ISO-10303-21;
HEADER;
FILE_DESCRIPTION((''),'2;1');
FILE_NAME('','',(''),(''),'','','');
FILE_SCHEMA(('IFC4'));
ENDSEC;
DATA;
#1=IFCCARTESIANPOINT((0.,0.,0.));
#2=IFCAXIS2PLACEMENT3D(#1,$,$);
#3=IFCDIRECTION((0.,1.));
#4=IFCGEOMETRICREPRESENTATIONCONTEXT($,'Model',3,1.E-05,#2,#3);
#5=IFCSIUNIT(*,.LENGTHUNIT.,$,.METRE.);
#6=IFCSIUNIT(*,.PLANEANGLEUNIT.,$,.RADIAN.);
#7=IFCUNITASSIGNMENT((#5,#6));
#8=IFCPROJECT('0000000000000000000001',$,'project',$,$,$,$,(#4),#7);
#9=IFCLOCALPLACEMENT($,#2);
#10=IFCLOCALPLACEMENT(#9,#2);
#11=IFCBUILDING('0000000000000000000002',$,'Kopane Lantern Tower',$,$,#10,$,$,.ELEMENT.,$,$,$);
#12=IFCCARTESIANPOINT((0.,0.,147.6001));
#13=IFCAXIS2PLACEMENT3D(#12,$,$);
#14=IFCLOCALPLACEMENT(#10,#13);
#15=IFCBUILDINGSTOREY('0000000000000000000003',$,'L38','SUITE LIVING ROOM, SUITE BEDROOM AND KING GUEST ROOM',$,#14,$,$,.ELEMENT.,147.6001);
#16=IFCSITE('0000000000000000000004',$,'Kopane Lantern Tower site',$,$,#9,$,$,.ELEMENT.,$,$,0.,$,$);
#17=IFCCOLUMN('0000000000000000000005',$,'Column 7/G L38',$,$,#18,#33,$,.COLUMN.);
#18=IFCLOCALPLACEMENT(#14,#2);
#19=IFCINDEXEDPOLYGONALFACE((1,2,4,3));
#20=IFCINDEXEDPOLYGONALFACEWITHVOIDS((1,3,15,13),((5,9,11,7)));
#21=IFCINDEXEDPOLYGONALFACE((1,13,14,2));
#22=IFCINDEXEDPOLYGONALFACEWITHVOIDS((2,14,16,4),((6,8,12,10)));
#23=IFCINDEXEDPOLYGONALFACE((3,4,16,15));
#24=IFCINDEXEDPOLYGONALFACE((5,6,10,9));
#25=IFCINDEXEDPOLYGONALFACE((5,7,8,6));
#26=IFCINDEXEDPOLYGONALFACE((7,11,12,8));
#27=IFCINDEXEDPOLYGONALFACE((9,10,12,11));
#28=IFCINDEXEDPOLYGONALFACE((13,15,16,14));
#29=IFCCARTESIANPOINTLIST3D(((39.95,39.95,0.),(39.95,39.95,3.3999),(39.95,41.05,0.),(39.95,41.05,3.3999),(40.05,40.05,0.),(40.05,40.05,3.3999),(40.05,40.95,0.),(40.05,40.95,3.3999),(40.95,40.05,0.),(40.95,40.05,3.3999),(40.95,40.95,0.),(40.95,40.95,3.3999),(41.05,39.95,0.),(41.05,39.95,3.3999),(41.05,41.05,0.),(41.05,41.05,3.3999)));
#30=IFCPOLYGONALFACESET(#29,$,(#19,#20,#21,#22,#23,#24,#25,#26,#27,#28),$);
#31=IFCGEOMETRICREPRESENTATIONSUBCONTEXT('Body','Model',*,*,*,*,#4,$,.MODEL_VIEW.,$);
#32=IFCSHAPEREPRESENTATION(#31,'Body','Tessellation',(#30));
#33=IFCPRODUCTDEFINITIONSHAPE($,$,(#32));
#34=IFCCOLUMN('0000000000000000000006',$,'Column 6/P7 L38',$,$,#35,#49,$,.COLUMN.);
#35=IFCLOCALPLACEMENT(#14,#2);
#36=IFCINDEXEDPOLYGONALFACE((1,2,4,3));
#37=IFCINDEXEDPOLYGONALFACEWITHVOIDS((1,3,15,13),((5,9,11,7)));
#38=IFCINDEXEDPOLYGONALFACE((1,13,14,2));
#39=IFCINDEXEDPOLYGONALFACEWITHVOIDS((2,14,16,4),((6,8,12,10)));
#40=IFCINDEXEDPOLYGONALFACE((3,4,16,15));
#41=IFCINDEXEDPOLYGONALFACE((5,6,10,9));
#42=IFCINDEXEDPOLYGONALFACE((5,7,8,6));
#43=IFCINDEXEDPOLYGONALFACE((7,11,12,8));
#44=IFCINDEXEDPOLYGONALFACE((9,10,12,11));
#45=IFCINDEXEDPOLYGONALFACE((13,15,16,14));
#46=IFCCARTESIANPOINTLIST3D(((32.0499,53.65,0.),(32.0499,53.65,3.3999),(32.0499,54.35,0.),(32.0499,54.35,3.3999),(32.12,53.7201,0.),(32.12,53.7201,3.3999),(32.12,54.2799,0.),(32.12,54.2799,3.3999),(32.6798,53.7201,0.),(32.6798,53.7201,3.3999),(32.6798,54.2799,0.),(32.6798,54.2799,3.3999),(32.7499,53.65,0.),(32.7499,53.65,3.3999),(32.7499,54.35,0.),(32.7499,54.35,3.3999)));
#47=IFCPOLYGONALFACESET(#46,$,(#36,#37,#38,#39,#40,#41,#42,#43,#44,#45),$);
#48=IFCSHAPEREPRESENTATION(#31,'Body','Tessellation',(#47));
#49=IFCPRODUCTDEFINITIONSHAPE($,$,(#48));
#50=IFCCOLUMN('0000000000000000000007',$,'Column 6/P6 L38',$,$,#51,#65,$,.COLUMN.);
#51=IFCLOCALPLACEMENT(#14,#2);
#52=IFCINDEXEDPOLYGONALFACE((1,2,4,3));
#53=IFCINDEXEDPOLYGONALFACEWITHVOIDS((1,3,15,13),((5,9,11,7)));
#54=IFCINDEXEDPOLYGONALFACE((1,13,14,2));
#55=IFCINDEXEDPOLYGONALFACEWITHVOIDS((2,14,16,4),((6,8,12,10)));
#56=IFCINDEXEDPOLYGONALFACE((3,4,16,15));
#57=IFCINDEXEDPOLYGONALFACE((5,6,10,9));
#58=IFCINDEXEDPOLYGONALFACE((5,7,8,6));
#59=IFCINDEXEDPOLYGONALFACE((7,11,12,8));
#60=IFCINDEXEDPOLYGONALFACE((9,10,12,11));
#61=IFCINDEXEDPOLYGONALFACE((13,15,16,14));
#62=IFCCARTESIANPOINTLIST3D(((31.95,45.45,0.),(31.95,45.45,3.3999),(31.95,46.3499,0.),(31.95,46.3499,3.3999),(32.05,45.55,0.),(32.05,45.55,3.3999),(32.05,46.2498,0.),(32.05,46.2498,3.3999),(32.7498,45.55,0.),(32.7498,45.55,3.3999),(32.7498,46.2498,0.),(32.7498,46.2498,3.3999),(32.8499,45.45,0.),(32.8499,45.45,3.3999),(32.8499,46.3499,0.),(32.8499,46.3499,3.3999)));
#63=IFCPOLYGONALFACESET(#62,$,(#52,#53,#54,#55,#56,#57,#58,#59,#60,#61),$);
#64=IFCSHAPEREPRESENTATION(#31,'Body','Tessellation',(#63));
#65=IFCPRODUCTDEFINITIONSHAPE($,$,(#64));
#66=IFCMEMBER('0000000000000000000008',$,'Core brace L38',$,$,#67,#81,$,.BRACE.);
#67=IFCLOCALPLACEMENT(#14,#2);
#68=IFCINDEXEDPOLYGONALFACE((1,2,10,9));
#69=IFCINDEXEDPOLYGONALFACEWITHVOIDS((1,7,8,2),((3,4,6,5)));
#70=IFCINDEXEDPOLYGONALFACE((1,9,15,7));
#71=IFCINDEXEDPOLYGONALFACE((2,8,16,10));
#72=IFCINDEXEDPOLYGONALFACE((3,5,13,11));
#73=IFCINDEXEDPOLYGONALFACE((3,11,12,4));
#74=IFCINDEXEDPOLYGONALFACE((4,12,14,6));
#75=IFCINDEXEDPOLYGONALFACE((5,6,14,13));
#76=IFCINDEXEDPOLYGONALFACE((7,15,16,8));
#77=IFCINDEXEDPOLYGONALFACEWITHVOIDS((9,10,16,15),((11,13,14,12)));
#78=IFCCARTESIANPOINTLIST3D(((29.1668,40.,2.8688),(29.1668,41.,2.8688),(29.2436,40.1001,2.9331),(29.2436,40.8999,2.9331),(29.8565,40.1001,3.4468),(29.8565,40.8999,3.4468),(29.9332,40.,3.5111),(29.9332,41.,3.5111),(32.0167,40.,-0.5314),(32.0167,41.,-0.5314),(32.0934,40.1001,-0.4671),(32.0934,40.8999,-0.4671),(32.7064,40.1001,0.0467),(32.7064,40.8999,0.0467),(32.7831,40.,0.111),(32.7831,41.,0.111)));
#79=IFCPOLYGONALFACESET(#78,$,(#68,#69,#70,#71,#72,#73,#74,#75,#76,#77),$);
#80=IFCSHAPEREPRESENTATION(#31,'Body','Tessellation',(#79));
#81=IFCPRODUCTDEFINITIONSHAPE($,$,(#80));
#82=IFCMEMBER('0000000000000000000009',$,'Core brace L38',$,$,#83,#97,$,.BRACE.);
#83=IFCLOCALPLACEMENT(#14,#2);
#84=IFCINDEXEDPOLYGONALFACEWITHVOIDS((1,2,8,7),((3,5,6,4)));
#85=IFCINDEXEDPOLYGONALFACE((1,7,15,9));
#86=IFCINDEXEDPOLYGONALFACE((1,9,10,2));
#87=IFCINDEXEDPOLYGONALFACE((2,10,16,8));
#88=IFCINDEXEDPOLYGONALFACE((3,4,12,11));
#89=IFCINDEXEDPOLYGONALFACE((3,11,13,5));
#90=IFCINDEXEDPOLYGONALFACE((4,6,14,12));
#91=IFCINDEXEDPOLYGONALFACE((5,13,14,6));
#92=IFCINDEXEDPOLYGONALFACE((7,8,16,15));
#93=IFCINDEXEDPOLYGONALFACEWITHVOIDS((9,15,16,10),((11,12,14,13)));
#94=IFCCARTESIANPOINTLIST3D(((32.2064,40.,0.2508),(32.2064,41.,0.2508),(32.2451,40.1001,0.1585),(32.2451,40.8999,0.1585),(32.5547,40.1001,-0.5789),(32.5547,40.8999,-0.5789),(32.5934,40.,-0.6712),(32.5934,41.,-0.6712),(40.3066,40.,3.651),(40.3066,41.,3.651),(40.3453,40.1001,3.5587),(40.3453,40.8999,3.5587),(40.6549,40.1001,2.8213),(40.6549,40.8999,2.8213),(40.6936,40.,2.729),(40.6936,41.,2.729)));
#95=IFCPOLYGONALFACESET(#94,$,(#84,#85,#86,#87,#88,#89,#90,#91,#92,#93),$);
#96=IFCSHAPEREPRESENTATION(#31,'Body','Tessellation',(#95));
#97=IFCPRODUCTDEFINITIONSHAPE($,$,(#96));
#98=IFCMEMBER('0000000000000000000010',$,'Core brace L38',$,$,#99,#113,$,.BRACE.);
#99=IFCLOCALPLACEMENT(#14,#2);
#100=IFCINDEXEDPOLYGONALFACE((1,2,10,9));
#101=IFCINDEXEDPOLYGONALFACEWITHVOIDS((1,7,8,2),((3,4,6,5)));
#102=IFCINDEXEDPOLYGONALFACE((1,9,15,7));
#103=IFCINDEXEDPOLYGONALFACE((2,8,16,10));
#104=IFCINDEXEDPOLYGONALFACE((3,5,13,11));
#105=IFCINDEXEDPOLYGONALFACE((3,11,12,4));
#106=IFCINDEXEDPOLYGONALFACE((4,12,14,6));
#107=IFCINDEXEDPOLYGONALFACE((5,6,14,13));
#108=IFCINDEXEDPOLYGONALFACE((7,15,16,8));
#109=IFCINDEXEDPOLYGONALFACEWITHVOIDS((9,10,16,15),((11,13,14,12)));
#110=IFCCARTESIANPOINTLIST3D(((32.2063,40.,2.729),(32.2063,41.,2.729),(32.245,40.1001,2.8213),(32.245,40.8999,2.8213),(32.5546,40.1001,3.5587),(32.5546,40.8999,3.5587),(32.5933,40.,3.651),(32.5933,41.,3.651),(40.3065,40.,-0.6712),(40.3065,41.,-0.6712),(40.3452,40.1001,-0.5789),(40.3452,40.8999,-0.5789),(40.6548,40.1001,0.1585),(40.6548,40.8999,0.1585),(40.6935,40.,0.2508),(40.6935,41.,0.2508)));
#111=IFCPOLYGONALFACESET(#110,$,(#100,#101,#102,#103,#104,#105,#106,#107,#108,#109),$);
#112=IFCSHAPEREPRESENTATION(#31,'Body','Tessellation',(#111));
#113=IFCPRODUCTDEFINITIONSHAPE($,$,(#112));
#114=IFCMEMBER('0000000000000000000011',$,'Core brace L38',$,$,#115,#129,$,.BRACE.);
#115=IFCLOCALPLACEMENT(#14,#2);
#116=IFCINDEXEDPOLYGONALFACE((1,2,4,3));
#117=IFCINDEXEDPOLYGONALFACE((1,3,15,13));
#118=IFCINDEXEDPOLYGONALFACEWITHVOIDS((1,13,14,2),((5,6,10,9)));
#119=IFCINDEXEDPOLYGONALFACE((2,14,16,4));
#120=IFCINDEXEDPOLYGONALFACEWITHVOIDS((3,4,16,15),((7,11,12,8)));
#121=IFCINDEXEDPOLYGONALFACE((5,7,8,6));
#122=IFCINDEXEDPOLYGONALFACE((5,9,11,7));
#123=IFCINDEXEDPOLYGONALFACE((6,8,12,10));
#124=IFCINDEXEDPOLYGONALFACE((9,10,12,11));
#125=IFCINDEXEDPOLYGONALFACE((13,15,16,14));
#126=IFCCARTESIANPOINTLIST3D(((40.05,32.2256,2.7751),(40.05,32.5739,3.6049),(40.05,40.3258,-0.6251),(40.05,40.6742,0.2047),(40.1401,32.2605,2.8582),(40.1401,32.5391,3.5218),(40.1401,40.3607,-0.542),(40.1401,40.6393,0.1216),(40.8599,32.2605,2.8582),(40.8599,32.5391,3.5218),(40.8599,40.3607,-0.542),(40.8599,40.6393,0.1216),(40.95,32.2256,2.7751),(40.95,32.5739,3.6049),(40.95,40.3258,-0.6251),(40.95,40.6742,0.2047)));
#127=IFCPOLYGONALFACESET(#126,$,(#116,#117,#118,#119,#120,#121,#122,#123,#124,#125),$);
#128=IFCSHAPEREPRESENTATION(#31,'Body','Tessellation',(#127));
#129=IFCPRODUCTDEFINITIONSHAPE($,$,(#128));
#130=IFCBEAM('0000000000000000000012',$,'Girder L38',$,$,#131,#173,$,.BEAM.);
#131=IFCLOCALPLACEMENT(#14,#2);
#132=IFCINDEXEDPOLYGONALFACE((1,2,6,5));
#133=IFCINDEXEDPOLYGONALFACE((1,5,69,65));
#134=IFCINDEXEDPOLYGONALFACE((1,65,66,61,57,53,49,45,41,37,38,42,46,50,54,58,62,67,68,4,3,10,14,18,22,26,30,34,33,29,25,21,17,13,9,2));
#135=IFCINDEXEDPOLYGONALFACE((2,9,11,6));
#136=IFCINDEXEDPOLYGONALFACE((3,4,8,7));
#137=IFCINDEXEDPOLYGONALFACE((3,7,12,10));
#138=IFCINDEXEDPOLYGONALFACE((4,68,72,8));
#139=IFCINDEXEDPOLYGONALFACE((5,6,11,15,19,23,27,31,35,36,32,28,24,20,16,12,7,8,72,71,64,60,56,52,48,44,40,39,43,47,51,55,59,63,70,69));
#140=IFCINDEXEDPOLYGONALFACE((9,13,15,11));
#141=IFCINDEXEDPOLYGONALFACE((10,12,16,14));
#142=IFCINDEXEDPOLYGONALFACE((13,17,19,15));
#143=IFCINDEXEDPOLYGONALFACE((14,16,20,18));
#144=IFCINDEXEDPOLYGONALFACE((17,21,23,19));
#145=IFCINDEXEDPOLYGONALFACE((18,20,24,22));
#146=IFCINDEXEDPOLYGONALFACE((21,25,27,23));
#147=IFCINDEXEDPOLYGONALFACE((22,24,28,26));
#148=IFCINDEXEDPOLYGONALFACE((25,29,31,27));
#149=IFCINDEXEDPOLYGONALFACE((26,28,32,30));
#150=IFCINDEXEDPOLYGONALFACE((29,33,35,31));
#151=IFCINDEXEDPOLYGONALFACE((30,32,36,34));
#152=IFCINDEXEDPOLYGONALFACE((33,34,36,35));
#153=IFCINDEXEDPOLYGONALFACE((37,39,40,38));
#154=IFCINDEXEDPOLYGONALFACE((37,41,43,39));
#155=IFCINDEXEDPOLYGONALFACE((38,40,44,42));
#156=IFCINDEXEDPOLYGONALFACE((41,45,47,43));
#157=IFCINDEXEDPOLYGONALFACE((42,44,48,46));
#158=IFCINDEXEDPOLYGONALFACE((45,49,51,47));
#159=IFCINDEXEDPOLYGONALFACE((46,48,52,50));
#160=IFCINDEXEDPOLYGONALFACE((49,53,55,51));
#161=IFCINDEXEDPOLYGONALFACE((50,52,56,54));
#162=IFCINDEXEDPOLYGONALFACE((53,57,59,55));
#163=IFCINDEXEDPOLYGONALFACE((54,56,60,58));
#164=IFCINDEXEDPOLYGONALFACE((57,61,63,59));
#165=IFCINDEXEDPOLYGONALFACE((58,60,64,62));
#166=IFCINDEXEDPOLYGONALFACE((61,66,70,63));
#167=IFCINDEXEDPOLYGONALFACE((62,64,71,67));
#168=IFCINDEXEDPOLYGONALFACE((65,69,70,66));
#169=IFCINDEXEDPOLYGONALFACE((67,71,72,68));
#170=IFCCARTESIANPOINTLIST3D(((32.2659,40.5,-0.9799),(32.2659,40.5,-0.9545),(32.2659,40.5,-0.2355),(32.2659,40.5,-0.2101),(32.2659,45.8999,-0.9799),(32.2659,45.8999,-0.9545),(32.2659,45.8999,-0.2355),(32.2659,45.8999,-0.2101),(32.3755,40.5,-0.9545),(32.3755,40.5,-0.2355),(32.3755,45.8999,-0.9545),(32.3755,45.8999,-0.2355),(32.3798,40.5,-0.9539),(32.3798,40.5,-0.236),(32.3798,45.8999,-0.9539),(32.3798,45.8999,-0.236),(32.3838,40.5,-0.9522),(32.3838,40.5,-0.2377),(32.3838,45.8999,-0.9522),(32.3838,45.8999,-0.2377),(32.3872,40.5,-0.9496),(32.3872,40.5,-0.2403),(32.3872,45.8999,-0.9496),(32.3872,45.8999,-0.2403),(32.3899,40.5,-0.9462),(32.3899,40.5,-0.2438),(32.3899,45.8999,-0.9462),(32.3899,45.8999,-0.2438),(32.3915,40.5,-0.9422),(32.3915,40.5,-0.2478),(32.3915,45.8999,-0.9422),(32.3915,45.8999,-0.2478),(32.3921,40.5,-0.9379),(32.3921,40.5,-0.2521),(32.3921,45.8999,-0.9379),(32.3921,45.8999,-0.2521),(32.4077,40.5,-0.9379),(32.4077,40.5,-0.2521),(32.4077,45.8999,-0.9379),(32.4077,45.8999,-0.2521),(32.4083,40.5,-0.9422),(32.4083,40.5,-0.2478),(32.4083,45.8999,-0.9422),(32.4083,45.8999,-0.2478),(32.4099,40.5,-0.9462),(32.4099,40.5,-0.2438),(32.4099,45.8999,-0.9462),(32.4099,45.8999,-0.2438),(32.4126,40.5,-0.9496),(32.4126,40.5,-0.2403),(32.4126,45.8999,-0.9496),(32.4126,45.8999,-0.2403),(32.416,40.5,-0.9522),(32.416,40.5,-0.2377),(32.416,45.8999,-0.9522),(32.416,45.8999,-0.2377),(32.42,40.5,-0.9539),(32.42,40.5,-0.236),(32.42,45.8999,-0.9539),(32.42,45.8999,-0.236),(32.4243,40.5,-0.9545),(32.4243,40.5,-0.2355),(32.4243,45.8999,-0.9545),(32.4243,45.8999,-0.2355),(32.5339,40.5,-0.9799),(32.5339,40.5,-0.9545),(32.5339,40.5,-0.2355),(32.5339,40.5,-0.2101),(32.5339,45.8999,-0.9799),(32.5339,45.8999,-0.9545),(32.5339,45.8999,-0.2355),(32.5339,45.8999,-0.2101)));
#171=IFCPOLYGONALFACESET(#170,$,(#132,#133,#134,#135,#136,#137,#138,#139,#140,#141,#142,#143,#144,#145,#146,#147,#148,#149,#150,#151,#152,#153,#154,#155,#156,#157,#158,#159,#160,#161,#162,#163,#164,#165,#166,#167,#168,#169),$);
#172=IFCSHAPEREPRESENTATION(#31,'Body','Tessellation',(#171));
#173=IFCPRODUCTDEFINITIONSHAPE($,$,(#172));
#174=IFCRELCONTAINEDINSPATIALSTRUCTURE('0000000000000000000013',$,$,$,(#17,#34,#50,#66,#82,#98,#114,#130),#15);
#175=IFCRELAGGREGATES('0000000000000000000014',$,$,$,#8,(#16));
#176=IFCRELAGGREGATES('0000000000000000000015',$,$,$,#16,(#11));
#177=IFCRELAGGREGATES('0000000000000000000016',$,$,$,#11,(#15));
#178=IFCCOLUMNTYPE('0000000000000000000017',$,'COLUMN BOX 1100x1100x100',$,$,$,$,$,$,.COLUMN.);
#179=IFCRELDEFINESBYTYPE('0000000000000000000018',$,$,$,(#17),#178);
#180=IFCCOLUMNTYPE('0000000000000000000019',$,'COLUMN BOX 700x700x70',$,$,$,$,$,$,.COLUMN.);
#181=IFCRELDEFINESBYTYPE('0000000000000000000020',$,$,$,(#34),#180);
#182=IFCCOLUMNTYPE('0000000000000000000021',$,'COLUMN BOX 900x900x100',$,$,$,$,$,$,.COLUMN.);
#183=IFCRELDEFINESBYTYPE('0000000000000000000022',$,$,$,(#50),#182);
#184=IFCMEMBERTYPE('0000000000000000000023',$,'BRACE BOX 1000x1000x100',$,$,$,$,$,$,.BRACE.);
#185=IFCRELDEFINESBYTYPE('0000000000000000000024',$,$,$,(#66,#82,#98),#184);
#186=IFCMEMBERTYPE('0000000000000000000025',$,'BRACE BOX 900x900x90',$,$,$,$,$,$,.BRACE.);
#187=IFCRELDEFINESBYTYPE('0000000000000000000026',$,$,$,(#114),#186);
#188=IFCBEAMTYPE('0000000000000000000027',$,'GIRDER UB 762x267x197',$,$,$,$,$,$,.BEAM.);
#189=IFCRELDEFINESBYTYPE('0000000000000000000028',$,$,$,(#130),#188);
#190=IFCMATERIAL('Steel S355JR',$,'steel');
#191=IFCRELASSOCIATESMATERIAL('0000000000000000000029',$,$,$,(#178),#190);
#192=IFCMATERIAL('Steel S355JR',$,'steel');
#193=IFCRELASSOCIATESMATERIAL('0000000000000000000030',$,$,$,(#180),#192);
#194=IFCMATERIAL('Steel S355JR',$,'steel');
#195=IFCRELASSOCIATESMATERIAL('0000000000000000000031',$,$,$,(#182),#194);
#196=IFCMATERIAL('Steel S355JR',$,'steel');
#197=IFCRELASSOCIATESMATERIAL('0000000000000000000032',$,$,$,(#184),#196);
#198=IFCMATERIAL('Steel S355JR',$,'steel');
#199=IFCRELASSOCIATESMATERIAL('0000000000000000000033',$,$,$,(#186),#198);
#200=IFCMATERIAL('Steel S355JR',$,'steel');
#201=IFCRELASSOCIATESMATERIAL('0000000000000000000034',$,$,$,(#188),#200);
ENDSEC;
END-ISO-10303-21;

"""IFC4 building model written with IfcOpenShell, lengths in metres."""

from ifc_helpers import new_model, si_unit, direction, frame, origin, origin_2d, place, context, subcontext, project, spatial, hollow_rectangle, i_section, extrude, material, material_profile, profile_set, type_object, element, save


model = new_model("IFC4")

# Units and contexts
model_context = context("Model", 3, precision=1e-05, world=origin(), true_north=direction((0.0, 1.0)))
body_context = subcontext(model_context, "Body", "Model", "MODEL_VIEW")
ifc_project = project(units=[si_unit("LENGTHUNIT", "METRE"), si_unit("PLANEANGLEUNIT", "RADIAN")], contexts=[model_context])

# Site, building, storey
site_placement = place(None, origin())
site = spatial("IfcSite", under=ifc_project, at=site_placement, Name="Kopane Lantern Tower site", CompositionType="ELEMENT", RefElevation=0.0)
building_placement = place(site_placement, origin())
building = spatial("IfcBuilding", under=site, at=building_placement, Name="Kopane Lantern Tower", CompositionType="ELEMENT")
storey_placement = place(building_placement, frame((0.0, 0.0, 147.6001)))
storey = spatial("IfcBuildingStorey", under=building, at=storey_placement, Name="L38", Description="SUITE LIVING ROOM, SUITE BEDROOM AND KING GUEST ROOM", CompositionType="ELEMENT", Elevation=147.6001)

# Columns
ifc_material_1 = material(Name="Steel S355JR", Category="steel")
ifc_material_profile_1 = material_profile(ifc_material_1, hollow_rectangle(XDim=1.1001, YDim=1.1001, WallThickness=0.1001, at=origin_2d()), Name="BOX 1100x1100x100")
ifc_profile_set_1 = profile_set([ifc_material_profile_1], Name="Steel S355JR")
column_type_1 = type_object("IfcColumnType", Name="COLUMN BOX 1100x1100x100", PredefinedType="COLUMN", material=ifc_profile_set_1)
column_1_placement = place(storey_placement, frame((40.5, 40.5, 0.0), z_axis=(0.0, 0.0, 1.0), x_axis=(1.0, 0.0, 0.0)))
element("IfcColumn", 1, at=column_1_placement, inside=storey, type_object=column_type_1, Name="Column 7/G L38", PredefinedType="COLUMN", context=body_context, shape_type="SweptSolid", body=[
    extrude(hollow_rectangle(XDim=1.1001, YDim=1.1001, WallThickness=0.1001, at=origin_2d()), origin(), (0.0, 0.0, 1.0), 3.3999),
])
ifc_material_2 = material(Name="Steel S355JR", Category="steel")
ifc_material_profile_2 = material_profile(ifc_material_2, hollow_rectangle(XDim=0.7, YDim=0.7, WallThickness=0.0701, at=origin_2d()), Name="BOX 700x700x70")
ifc_profile_set_2 = profile_set([ifc_material_profile_2], Name="Steel S355JR")
column_type_2 = type_object("IfcColumnType", Name="COLUMN BOX 700x700x70", PredefinedType="COLUMN", material=ifc_profile_set_2)
column_2_placement = place(storey_placement, frame((32.3999, 54.0, 0.0), z_axis=(0.0, 0.0, 1.0), x_axis=(1.0, 0.0, 0.0)))
element("IfcColumn", 2, at=column_2_placement, inside=storey, type_object=column_type_2, Name="Column 6/P7 L38", PredefinedType="COLUMN", context=body_context, shape_type="SweptSolid", body=[
    extrude(hollow_rectangle(XDim=0.7, YDim=0.7, WallThickness=0.0701, at=origin_2d()), origin(), (0.0, 0.0, 1.0), 3.3999),
])
ifc_material_3 = material(Name="Steel S355JR", Category="steel")
ifc_material_profile_3 = material_profile(ifc_material_3, hollow_rectangle(XDim=0.8999, YDim=0.8999, WallThickness=0.1001, at=origin_2d()), Name="BOX 900x900x100")
ifc_profile_set_3 = profile_set([ifc_material_profile_3], Name="Steel S355JR")
column_type_3 = type_object("IfcColumnType", Name="COLUMN BOX 900x900x100", PredefinedType="COLUMN", material=ifc_profile_set_3)
column_3_placement = place(storey_placement, frame((32.3999, 45.8999, 0.0), z_axis=(0.0, 0.0, 1.0), x_axis=(1.0, 0.0, 0.0)))
element("IfcColumn", 3, at=column_3_placement, inside=storey, type_object=column_type_3, Name="Column 6/P6 L38", PredefinedType="COLUMN", context=body_context, shape_type="SweptSolid", body=[
    extrude(hollow_rectangle(XDim=0.8999, YDim=0.8999, WallThickness=0.1001, at=origin_2d()), origin(), (0.0, 0.0, 1.0), 3.3999),
])

# Members
ifc_material_4 = material(Name="Steel S355JR", Category="steel")
ifc_material_profile_4 = material_profile(ifc_material_4, hollow_rectangle(XDim=1.0, YDim=1.0, WallThickness=0.1001, at=origin_2d()), Name="BOX 1000x1000x100")
ifc_profile_set_4 = profile_set([ifc_material_profile_4], Name="Steel S355JR")
member_type_1 = type_object("IfcMemberType", Name="BRACE BOX 1000x1000x100", PredefinedType="BRACE", material=ifc_profile_set_4)
member_1_placement = place(storey_placement, frame((32.3999, 40.5, -0.2102), z_axis=(-0.642363, 0.0, 0.7664), x_axis=(0.0, -1.0, 0.0)))
element("IfcMember", 4, at=member_1_placement, inside=storey, type_object=member_type_1, Name="Core brace L38", PredefinedType="BRACE", context=body_context, shape_type="SweptSolid", body=[
    extrude(hollow_rectangle(XDim=1.0, YDim=1.0, WallThickness=0.1001, at=origin_2d()), origin(), (0.0, 0.0, 1.0), 4.4365),
])
for number, where, z_axis, x_axis, name in (
    (5, (32.3999, 40.5, -0.2102), (0.922059, 0.0, 0.387049), (0.0, 1.0, 0.0), "Core brace L38"),
    (6, (40.5, 40.5, -0.2102), (-0.922059, 0.0, 0.387049), (0.0, -1.0, 0.0), "Core brace L38"),
):
    element("IfcMember", number, at=place(storey_placement, frame(where, z_axis=z_axis, x_axis=x_axis)), inside=storey, type_object=member_type_1, Name=name, PredefinedType="BRACE", context=body_context, shape_type="SweptSolid", body=[
        extrude(hollow_rectangle(XDim=1.0, YDim=1.0, WallThickness=0.1001, at=origin_2d()), origin(), (0.0, 0.0, 1.0), 8.7849),
    ])
ifc_material_5 = material(Name="Steel S355JR", Category="steel")
ifc_material_profile_5 = material_profile(ifc_material_5, hollow_rectangle(XDim=0.8999, YDim=0.8999, WallThickness=0.0901, at=origin_2d()), Name="BOX 900x900x90")
ifc_profile_set_5 = profile_set([ifc_material_profile_5], Name="Steel S355JR")
member_type_2 = type_object("IfcMemberType", Name="BRACE BOX 900x900x90", PredefinedType="BRACE", material=ifc_profile_set_5)
member_2_placement = place(storey_placement, frame((40.5, 40.5, -0.2102), z_axis=(0.0, -0.922059, 0.387049), x_axis=(1.0, 0.0, 0.0)))
element("IfcMember", 7, at=member_2_placement, inside=storey, type_object=member_type_2, Name="Core brace L38", PredefinedType="BRACE", context=body_context, shape_type="SweptSolid", body=[
    extrude(hollow_rectangle(XDim=0.8999, YDim=0.8999, WallThickness=0.0901, at=origin_2d()), origin(), (0.0, 0.0, 1.0), 8.7849),
])

# Beam
ifc_material_6 = material(Name="Steel S355JR", Category="steel")
ifc_material_profile_6 = material_profile(ifc_material_6, i_section(OverallWidth=0.2681, OverallDepth=0.7698, WebThickness=0.0156, FlangeThickness=0.0254, FilletRadius=0.0166, at=origin_2d()), Name="UB 762x267x197")
ifc_profile_set_6 = profile_set([ifc_material_profile_6], Name="Steel S355JR")
beam_type = type_object("IfcBeamType", Name="GIRDER UB 762x267x197", PredefinedType="BEAM", material=ifc_profile_set_6)
beam_1_placement = place(storey_placement, frame((32.3999, 40.5, -0.595), z_axis=(0.0, 1.0, 0.0), x_axis=(-1.0, 0.0, 0.0)))
element("IfcBeam", 8, at=beam_1_placement, inside=storey, type_object=beam_type, Name="Girder L38", PredefinedType="BEAM", context=body_context, shape_type="SweptSolid", body=[
    extrude(i_section(OverallWidth=0.2681, OverallDepth=0.7698, WebThickness=0.0156, FlangeThickness=0.0254, FilletRadius=0.0166, at=origin_2d()), origin(), (0.0, 0.0, 1.0), 5.3999),
])

save(model, "model.ifc")
